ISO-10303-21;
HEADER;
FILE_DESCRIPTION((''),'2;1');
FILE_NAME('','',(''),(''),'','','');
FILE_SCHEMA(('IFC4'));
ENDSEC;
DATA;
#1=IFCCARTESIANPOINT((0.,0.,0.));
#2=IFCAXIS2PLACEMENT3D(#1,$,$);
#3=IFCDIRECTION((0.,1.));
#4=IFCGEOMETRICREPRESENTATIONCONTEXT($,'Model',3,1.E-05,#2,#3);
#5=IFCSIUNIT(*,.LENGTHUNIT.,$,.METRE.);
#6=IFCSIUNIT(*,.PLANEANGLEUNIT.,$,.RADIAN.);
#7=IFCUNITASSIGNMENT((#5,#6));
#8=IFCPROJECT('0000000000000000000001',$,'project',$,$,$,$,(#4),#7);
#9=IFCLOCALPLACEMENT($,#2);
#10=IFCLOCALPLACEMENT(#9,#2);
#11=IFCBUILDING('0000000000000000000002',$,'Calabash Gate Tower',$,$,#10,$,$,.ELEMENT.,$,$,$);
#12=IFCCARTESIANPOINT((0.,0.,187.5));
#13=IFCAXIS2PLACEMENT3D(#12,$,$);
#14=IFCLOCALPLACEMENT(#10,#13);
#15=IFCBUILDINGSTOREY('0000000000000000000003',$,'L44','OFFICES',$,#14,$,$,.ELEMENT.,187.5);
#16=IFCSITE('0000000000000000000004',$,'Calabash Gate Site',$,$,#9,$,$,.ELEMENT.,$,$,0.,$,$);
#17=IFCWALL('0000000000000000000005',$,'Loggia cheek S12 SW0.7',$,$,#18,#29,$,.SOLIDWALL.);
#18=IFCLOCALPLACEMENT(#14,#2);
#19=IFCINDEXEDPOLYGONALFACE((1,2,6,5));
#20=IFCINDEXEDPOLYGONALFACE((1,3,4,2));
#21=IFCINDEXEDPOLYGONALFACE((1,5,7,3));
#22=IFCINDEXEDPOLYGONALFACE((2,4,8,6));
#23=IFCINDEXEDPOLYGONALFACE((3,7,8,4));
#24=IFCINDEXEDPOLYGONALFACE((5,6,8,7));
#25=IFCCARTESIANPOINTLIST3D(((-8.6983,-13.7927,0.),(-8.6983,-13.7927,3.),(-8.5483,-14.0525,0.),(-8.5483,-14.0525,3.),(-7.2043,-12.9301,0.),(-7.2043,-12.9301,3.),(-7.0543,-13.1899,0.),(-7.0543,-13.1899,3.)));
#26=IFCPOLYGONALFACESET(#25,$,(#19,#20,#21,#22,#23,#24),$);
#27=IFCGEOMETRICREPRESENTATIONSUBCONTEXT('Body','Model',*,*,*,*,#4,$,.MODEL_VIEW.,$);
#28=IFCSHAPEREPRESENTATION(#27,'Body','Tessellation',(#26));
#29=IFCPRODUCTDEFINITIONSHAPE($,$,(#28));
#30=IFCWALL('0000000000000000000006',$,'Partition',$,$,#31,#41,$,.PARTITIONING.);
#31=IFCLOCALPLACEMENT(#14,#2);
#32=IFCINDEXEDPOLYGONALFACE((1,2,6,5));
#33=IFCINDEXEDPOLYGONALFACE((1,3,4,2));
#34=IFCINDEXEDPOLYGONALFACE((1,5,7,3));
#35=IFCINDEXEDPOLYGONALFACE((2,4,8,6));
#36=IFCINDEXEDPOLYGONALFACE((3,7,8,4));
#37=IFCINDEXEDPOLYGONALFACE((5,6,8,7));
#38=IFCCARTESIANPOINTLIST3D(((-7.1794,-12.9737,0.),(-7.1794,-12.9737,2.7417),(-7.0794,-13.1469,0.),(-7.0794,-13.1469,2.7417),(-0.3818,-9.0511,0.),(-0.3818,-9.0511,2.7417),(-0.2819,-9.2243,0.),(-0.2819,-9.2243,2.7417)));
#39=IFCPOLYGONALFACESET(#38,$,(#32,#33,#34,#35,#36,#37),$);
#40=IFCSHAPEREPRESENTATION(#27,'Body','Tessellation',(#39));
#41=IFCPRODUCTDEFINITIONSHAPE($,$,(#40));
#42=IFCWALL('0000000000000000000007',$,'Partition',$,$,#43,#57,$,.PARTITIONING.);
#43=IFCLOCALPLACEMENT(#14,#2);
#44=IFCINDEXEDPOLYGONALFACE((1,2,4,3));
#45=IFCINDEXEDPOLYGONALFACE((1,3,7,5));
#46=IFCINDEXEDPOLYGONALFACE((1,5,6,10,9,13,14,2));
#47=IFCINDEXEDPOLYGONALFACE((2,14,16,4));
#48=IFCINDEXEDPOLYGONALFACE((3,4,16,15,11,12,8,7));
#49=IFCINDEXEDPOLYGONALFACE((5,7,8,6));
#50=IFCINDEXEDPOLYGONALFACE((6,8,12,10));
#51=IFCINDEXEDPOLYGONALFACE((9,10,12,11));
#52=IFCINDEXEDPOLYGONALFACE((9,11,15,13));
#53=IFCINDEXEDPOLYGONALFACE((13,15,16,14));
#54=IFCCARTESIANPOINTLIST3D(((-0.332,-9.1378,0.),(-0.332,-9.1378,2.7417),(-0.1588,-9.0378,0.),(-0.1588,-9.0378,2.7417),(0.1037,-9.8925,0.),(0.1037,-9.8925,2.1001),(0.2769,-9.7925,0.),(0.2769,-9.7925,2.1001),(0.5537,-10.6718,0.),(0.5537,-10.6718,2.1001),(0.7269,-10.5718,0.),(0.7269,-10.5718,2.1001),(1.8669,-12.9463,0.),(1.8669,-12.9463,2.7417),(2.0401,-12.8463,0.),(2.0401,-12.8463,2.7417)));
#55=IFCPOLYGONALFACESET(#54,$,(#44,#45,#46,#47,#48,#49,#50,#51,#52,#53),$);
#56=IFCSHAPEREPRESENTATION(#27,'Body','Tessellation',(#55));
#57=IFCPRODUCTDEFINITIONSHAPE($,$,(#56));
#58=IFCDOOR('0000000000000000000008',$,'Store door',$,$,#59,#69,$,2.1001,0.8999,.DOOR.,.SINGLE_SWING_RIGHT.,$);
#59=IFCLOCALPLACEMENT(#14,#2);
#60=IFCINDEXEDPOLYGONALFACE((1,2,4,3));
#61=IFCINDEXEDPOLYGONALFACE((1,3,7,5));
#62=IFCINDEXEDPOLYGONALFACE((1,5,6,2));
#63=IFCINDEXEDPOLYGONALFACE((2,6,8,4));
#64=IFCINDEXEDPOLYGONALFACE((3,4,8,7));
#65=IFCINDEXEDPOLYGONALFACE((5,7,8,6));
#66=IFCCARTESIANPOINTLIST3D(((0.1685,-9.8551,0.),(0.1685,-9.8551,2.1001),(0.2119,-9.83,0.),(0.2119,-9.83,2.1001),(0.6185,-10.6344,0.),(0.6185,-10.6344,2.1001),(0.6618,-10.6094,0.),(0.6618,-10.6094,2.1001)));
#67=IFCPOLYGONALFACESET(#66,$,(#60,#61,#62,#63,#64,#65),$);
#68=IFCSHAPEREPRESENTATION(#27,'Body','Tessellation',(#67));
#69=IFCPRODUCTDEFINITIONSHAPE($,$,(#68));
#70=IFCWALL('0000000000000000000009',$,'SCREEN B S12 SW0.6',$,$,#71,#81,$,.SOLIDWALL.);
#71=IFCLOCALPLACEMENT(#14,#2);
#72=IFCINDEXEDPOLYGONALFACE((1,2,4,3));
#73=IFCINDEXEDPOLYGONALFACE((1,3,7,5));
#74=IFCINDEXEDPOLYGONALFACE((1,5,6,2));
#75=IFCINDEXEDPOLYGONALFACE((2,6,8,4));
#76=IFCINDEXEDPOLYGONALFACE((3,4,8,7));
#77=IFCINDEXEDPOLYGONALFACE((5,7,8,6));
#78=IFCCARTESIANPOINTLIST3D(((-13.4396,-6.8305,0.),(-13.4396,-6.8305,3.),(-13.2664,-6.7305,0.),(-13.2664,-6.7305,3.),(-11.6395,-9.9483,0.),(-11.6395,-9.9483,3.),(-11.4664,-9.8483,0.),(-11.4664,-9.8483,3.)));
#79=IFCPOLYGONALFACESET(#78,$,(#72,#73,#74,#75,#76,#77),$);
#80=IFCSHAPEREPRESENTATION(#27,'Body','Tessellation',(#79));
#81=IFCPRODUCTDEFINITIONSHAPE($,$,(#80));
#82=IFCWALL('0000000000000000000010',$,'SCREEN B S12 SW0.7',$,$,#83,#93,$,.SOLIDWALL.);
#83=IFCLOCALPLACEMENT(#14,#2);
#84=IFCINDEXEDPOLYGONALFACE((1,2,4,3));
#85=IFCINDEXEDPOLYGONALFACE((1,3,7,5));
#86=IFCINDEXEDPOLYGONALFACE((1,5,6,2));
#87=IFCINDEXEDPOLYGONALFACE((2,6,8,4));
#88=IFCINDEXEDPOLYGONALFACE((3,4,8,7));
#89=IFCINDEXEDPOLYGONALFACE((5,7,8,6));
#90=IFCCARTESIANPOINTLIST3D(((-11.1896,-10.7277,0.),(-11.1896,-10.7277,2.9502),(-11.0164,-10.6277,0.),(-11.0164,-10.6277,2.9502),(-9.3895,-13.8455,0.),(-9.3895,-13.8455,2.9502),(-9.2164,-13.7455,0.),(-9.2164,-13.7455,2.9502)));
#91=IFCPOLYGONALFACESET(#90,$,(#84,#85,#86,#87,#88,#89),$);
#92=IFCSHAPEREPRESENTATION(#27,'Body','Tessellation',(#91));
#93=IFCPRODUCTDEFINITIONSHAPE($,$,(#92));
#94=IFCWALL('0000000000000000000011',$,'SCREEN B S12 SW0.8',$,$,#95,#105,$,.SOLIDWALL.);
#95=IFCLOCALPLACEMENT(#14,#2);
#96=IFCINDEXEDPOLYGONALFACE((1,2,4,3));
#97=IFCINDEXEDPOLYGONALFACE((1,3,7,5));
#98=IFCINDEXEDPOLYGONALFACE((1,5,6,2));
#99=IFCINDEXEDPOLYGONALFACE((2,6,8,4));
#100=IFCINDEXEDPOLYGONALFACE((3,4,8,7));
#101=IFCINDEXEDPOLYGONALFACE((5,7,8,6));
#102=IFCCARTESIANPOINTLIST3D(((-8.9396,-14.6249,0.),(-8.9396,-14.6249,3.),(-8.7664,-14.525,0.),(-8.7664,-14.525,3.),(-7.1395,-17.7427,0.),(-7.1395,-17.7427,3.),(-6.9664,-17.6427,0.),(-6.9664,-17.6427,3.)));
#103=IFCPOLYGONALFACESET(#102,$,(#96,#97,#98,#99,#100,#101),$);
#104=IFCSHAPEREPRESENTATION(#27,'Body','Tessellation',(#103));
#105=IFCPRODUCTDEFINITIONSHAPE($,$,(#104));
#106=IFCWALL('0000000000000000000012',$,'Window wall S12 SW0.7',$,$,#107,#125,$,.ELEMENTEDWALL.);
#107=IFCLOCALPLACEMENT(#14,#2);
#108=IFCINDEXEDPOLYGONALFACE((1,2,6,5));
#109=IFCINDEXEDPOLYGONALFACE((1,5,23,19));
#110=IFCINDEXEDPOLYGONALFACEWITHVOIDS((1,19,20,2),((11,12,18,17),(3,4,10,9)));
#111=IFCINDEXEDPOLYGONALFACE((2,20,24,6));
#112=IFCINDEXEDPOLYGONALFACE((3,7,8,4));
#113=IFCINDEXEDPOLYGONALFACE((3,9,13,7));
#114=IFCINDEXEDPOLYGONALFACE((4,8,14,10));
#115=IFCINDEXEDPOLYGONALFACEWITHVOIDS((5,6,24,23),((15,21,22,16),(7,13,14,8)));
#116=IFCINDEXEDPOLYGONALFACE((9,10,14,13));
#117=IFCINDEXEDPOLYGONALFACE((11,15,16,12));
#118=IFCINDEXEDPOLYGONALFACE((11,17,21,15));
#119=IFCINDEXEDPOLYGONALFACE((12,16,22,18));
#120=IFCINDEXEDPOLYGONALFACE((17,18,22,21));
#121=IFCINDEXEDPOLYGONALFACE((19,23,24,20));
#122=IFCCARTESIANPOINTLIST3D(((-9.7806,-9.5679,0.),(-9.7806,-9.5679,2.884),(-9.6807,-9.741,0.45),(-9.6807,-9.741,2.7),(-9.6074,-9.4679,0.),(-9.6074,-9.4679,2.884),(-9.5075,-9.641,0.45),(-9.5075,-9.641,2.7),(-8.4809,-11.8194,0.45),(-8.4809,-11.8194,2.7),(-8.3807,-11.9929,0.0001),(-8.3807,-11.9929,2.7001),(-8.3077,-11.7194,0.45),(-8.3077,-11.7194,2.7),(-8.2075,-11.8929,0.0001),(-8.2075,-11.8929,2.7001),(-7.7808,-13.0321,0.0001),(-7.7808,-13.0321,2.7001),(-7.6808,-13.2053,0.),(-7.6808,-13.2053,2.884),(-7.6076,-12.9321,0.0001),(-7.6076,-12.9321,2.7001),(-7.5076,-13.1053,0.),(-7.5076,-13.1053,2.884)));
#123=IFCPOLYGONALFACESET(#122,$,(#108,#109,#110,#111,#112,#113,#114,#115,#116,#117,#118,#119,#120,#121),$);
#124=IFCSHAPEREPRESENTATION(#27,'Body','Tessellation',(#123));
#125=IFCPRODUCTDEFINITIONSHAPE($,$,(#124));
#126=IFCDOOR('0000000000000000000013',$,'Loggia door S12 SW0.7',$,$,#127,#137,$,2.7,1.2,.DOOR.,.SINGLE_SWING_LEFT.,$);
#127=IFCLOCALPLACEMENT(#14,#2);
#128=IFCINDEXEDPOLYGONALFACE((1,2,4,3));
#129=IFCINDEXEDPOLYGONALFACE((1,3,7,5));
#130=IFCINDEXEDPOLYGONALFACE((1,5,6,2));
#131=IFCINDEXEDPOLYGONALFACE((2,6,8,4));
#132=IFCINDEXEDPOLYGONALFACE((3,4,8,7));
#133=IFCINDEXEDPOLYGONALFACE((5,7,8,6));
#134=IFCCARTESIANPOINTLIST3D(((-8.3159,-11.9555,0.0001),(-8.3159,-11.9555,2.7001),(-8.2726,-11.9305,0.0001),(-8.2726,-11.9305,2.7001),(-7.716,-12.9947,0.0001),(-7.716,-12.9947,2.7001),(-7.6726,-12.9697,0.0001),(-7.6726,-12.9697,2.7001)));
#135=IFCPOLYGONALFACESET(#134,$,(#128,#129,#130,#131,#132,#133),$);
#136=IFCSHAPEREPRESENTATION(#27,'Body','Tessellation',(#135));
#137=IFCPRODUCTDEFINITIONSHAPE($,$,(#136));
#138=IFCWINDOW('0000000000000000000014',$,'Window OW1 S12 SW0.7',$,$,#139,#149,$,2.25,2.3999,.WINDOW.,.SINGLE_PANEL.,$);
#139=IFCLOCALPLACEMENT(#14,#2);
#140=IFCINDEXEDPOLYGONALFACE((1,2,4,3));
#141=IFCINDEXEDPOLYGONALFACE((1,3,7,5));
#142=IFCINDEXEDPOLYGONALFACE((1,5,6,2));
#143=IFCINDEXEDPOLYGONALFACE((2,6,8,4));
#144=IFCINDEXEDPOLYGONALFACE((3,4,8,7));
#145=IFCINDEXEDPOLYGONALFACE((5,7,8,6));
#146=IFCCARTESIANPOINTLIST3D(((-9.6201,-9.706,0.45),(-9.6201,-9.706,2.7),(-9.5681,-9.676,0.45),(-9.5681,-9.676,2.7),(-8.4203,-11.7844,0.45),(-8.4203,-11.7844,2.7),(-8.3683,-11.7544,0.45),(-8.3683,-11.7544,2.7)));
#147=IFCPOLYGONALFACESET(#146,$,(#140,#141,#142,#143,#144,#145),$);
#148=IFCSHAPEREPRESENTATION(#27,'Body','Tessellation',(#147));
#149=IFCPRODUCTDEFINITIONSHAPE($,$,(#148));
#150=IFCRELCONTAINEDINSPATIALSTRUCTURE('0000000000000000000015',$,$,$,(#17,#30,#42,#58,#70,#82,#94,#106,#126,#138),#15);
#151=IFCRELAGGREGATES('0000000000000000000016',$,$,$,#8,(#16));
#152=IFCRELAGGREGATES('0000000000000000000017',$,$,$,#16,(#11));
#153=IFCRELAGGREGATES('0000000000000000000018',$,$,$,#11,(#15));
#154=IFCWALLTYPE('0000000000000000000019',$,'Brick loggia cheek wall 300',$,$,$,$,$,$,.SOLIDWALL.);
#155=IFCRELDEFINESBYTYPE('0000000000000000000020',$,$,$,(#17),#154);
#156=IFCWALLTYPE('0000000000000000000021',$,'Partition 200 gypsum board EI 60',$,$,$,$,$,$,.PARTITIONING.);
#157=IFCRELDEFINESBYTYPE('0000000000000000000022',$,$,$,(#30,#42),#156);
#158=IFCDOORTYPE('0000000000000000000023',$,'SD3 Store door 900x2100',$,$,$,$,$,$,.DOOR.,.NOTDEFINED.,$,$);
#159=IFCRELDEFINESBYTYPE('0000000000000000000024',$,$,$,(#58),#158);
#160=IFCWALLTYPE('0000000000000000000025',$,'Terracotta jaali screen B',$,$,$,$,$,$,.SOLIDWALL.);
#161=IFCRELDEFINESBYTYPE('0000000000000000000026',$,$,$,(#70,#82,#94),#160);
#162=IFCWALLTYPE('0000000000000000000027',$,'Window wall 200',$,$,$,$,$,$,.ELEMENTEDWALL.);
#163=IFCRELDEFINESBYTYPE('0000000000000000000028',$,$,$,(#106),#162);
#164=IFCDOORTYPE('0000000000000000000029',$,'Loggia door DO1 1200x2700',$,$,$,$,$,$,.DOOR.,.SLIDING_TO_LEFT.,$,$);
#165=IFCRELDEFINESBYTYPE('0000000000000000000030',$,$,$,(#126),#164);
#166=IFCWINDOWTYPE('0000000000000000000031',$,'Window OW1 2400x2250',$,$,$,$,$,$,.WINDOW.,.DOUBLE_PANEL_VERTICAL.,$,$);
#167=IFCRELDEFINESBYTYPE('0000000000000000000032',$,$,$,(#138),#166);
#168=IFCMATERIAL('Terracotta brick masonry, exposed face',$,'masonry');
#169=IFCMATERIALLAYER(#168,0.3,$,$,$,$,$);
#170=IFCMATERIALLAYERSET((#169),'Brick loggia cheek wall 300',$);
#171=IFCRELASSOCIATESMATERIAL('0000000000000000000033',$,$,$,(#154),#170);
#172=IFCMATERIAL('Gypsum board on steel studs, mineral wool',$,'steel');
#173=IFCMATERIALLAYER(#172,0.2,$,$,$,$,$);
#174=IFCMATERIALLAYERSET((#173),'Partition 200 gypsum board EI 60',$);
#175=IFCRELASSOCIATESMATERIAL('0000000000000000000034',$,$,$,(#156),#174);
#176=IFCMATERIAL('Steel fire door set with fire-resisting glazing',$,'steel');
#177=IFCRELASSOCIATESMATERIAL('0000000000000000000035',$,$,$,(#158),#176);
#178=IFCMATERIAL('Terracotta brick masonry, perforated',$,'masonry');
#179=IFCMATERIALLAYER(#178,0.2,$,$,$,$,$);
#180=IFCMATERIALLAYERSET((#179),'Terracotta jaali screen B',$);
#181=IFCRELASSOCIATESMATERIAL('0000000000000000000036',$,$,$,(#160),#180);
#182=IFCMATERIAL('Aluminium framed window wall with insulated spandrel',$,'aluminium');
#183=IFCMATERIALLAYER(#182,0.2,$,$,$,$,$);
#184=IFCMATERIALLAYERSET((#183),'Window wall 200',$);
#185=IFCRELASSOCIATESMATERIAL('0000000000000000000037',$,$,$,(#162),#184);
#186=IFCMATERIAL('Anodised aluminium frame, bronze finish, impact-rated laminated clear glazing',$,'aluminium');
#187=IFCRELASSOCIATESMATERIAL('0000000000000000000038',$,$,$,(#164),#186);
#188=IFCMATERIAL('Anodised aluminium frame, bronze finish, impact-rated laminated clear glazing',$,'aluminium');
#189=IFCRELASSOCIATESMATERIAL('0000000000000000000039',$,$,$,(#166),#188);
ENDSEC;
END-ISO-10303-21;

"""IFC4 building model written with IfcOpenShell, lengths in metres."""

from ifc_helpers import new_model, si_unit, direction, frame, frame_2d, origin, place, context, subcontext, project, spatial, rectangle, extrude, material, layer, layer_set, type_object, element, fill, save


model = new_model("IFC4")

# Units and contexts
model_context = context("Model", 3, precision=1e-05, world=origin(), true_north=direction((0.0, 1.0)))
body_context = subcontext(model_context, "Body", "Model", "MODEL_VIEW")
ifc_project = project(units=[si_unit("LENGTHUNIT", "METRE"), si_unit("PLANEANGLEUNIT", "RADIAN")], contexts=[model_context])

# Site, building, storey
site_placement = place(None, origin())
site = spatial("IfcSite", under=ifc_project, at=site_placement, Name="Calabash Gate Site", CompositionType="ELEMENT", RefElevation=0.0)
building_placement = place(site_placement, origin())
building = spatial("IfcBuilding", under=site, at=building_placement, Name="Calabash Gate Tower", CompositionType="ELEMENT")
storey_placement = place(building_placement, frame((0.0, 0.0, 187.5)))
storey = spatial("IfcBuildingStorey", under=building, at=storey_placement, Name="L44", Description="OFFICES", CompositionType="ELEMENT", Elevation=187.5)

# Walls
ifc_material_1 = material(Name="Terracotta brick masonry, exposed face", Category="masonry")
ifc_layer_1 = layer(ifc_material_1, 0.3)
ifc_layer_set_1 = layer_set([ifc_layer_1], Name="Brick loggia cheek wall 300")
wall_type_1 = type_object("IfcWallType", Name="Brick loggia cheek wall 300", PredefinedType="SOLIDWALL", material=ifc_layer_set_1)
wall_1_placement = place(storey_placement, frame((-8.6233, -13.9226, 0.0), z_axis=(0.0, 0.0, 1.0), x_axis=(0.866014, 0.500021, 0.0)))
element("IfcWall", 1, at=wall_1_placement, inside=storey, type_object=wall_type_1, Name="Loggia cheek S12 SW0.7", PredefinedType="SOLIDWALL", context=body_context, shape_type="SweptSolid", body=[
    extrude(rectangle(XDim=1.7251, YDim=0.3, at=frame_2d((0.8625, 0.0))), origin(), (0.0, 0.0, 1.0), 3.0),
])
ifc_material_2 = material(Name="Gypsum board on steel studs, mineral wool", Category="steel")
ifc_layer_2 = layer(ifc_material_2, 0.2)
ifc_layer_set_2 = layer_set([ifc_layer_2], Name="Partition 200 gypsum board EI 60")
wall_type_2 = type_object("IfcWallType", Name="Partition 200 gypsum board EI 60", PredefinedType="PARTITIONING", material=ifc_layer_set_2)
wall_2_placement = place(storey_placement, frame((-7.1294, -13.0603, 0.0), z_axis=(0.0, 0.0, 1.0), x_axis=(0.866135, 0.49981, 0.0)))
element("IfcWall", 2, at=wall_2_placement, inside=storey, type_object=wall_type_2, Name="Partition", PredefinedType="PARTITIONING", context=body_context, shape_type="SweptSolid", body=[
    extrude(rectangle(XDim=7.8481, YDim=0.2, at=frame_2d((3.9241, 0.0))), origin(), (0.0, 0.0, 1.0), 2.7417),
])

# Wall, opening, door
wall_3_placement = place(storey_placement, frame((-0.2454, -9.0879, 0.0), z_axis=(0.0, 0.0, 1.0), x_axis=(0.500014, -0.866017, 0.0)))
wall_3 = element("IfcWall", 3, at=wall_3_placement, inside=storey, type_object=wall_type_2, Name="Partition", PredefinedType="PARTITIONING", context=body_context, shape_type="SweptSolid", body=[
    extrude(rectangle(XDim=4.3977, YDim=0.2, at=frame_2d((2.1987, 0.0))), origin(), (0.0, 0.0, 1.0), 2.7417),
])
opening_1_placement = place(wall_3_placement, frame((0.8713, 0.0, 0.0)))
opening_1 = element("IfcOpeningElement", 4, at=opening_1_placement, cuts=wall_3, PredefinedType="OPENING", context=body_context, shape_type="SweptSolid", body=[
    extrude(rectangle(XDim=0.8999, YDim=2.1001, at=frame_2d((0.45, 1.05))), frame((0.0, 0.1099, 0.0), z_axis=(0.0, -1.0, 0.0), x_axis=(1.0, 0.0, 0.0)), (0.0, 0.0, 1.0), 0.22),
])
ifc_material_3 = material(Name="Steel fire door set with fire-resisting glazing", Category="steel")
door_type_1 = type_object("IfcDoorType", Name="SD3 Store door 900x2100", OperationType="NOTDEFINED", PredefinedType="DOOR", material=ifc_material_3)
door_1_placement = place(opening_1_placement, origin())
door_1 = element("IfcDoor", 5, at=door_1_placement, inside=storey, type_object=door_type_1, Name="Store door", OperationType="SINGLE_SWING_RIGHT", OverallHeight=2.1001, OverallWidth=0.8999, PredefinedType="DOOR", context=body_context, shape_type="SweptSolid", body=[
    extrude(rectangle(XDim=0.8999, YDim=2.1001, at=frame_2d((0.45, 1.05))), frame((0.0, 0.0249, 0.0), z_axis=(0.0, -1.0, 0.0), x_axis=(1.0, 0.0, 0.0)), (0.0, 0.0, 1.0), 0.05),
])
fill(opening_1, door_1)

# Walls
ifc_material_4 = material(Name="Terracotta brick masonry, perforated", Category="masonry")
ifc_layer_3 = layer(ifc_material_4, 0.2)
ifc_layer_set_3 = layer_set([ifc_layer_3], Name="Terracotta jaali screen B")
wall_type_3 = type_object("IfcWallType", Name="Terracotta jaali screen B", PredefinedType="SOLIDWALL", material=ifc_layer_set_3)
wall_4_placement = place(storey_placement, frame((-13.353, -6.7805, 0.0), z_axis=(0.0, 0.0, 1.0), x_axis=(0.500012, -0.866018, 0.0)))
element("IfcWall", 6, at=wall_4_placement, inside=storey, type_object=wall_type_3, Name="SCREEN B S12 SW0.6", PredefinedType="SOLIDWALL", context=body_context, shape_type="SweptSolid", body=[
    extrude(rectangle(XDim=3.6001, YDim=0.2, at=frame_2d((1.8, 0.0))), origin(), (0.0, 0.0, 1.0), 3.0),
])
wall_5_placement = place(storey_placement, frame((-11.103, -10.6777, 0.0), z_axis=(0.0, 0.0, 1.0), x_axis=(0.500012, -0.866018, 0.0)))
element("IfcWall", 7, at=wall_5_placement, inside=storey, type_object=wall_type_3, Name="SCREEN B S12 SW0.7", PredefinedType="SOLIDWALL", context=body_context, shape_type="SweptSolid", body=[
    extrude(rectangle(XDim=3.6001, YDim=0.2, at=frame_2d((1.8, 0.0))), origin(), (0.0, 0.0, 1.0), 2.9502),
])
wall_6_placement = place(storey_placement, frame((-8.853, -14.575, 0.0), z_axis=(0.0, 0.0, 1.0), x_axis=(0.500012, -0.866018, 0.0)))
element("IfcWall", 8, at=wall_6_placement, inside=storey, type_object=wall_type_3, Name="SCREEN B S12 SW0.8", PredefinedType="SOLIDWALL", context=body_context, shape_type="SweptSolid", body=[
    extrude(rectangle(XDim=3.6001, YDim=0.2, at=frame_2d((1.8, 0.0))), origin(), (0.0, 0.0, 1.0), 3.0),
])

# Wall, openings, door, window
ifc_material_5 = material(Name="Aluminium framed window wall with insulated spandrel", Category="aluminium")
ifc_layer_4 = layer(ifc_material_5, 0.2)
ifc_layer_set_4 = layer_set([ifc_layer_4], Name="Window wall 200")
wall_type_4 = type_object("IfcWallType", Name="Window wall 200", PredefinedType="ELEMENTEDWALL", material=ifc_layer_set_4)
wall_7_placement = place(storey_placement, frame((-9.6941, -9.5178, 0.0), z_axis=(0.0, 0.0, 1.0), x_axis=(0.499959, -0.866049, 0.0)))
wall_7 = element("IfcWall", 9, at=wall_7_placement, inside=storey, type_object=wall_type_4, Name="Window wall S12 SW0.7", PredefinedType="ELEMENTEDWALL", context=body_context, shape_type="SweptSolid", body=[
    extrude(rectangle(XDim=4.2, YDim=0.2, at=frame_2d((2.1001, 0.0))), origin(), (0.0, 0.0, 1.0), 2.884),
])
opening_2_placement = place(wall_7_placement, frame((0.2, 0.0, 0.45)))
opening_2 = element("IfcOpeningElement", 10, at=opening_2_placement, cuts=wall_7, PredefinedType="OPENING", context=body_context, shape_type="SweptSolid", body=[
    extrude(rectangle(XDim=2.3999, YDim=2.25, at=frame_2d((1.2, 1.125))), frame((0.0, 0.1099, 0.0), z_axis=(0.0, -1.0, 0.0), x_axis=(1.0, 0.0, 0.0)), (0.0, 0.0, 1.0), 0.22),
])
opening_3_placement = place(wall_7_placement, frame((2.8, 0.0, 0.0)))
opening_3 = element("IfcOpeningElement", 11, at=opening_3_placement, cuts=wall_7, PredefinedType="OPENING", context=body_context, shape_type="SweptSolid", body=[
    extrude(rectangle(XDim=1.2, YDim=2.7, at=frame_2d((0.6001, 1.3501))), frame((0.0, 0.1099, 0.0), z_axis=(0.0, -1.0, 0.0), x_axis=(1.0, 0.0, 0.0)), (0.0, 0.0, 1.0), 0.22),
])
ifc_material_6 = material(Name="Anodised aluminium frame, bronze finish, impact-rated laminated clear glazing", Category="aluminium")
door_type_2 = type_object("IfcDoorType", Name="Loggia door DO1 1200x2700", OperationType="SLIDING_TO_LEFT", PredefinedType="DOOR", material=ifc_material_6)
door_2_placement = place(opening_3_placement, origin())
door_2 = element("IfcDoor", 12, at=door_2_placement, inside=storey, type_object=door_type_2, Name="Loggia door S12 SW0.7", OperationType="SINGLE_SWING_LEFT", OverallHeight=2.7, OverallWidth=1.2, PredefinedType="DOOR", context=body_context, shape_type="SweptSolid", body=[
    extrude(rectangle(XDim=1.2, YDim=2.7, at=frame_2d((0.6001, 1.3501))), frame((0.0, 0.0249, 0.0), z_axis=(0.0, -1.0, 0.0), x_axis=(1.0, 0.0, 0.0)), (0.0, 0.0, 1.0), 0.05),
])
fill(opening_3, door_2)
ifc_material_7 = material(Name="Anodised aluminium frame, bronze finish, impact-rated laminated clear glazing", Category="aluminium")
window_type_1 = type_object("IfcWindowType", Name="Window OW1 2400x2250", PartitioningType="DOUBLE_PANEL_VERTICAL", PredefinedType="WINDOW", material=ifc_material_7)
window_1_placement = place(opening_2_placement, origin())
window_1 = element("IfcWindow", 13, at=window_1_placement, inside=storey, type_object=window_type_1, Name="Window OW1 S12 SW0.7", OverallHeight=2.25, OverallWidth=2.3999, PartitioningType="SINGLE_PANEL", PredefinedType="WINDOW", context=body_context, shape_type="SweptSolid", body=[
    extrude(rectangle(XDim=2.3999, YDim=2.25, at=frame_2d((1.2, 1.125))), frame((0.0, 0.03, 0.0), z_axis=(0.0, -1.0, 0.0), x_axis=(1.0, 0.0, 0.0)), (0.0, 0.0, 1.0), 0.0601),
])
fill(opening_2, window_1)

save(model, "model.ifc")
